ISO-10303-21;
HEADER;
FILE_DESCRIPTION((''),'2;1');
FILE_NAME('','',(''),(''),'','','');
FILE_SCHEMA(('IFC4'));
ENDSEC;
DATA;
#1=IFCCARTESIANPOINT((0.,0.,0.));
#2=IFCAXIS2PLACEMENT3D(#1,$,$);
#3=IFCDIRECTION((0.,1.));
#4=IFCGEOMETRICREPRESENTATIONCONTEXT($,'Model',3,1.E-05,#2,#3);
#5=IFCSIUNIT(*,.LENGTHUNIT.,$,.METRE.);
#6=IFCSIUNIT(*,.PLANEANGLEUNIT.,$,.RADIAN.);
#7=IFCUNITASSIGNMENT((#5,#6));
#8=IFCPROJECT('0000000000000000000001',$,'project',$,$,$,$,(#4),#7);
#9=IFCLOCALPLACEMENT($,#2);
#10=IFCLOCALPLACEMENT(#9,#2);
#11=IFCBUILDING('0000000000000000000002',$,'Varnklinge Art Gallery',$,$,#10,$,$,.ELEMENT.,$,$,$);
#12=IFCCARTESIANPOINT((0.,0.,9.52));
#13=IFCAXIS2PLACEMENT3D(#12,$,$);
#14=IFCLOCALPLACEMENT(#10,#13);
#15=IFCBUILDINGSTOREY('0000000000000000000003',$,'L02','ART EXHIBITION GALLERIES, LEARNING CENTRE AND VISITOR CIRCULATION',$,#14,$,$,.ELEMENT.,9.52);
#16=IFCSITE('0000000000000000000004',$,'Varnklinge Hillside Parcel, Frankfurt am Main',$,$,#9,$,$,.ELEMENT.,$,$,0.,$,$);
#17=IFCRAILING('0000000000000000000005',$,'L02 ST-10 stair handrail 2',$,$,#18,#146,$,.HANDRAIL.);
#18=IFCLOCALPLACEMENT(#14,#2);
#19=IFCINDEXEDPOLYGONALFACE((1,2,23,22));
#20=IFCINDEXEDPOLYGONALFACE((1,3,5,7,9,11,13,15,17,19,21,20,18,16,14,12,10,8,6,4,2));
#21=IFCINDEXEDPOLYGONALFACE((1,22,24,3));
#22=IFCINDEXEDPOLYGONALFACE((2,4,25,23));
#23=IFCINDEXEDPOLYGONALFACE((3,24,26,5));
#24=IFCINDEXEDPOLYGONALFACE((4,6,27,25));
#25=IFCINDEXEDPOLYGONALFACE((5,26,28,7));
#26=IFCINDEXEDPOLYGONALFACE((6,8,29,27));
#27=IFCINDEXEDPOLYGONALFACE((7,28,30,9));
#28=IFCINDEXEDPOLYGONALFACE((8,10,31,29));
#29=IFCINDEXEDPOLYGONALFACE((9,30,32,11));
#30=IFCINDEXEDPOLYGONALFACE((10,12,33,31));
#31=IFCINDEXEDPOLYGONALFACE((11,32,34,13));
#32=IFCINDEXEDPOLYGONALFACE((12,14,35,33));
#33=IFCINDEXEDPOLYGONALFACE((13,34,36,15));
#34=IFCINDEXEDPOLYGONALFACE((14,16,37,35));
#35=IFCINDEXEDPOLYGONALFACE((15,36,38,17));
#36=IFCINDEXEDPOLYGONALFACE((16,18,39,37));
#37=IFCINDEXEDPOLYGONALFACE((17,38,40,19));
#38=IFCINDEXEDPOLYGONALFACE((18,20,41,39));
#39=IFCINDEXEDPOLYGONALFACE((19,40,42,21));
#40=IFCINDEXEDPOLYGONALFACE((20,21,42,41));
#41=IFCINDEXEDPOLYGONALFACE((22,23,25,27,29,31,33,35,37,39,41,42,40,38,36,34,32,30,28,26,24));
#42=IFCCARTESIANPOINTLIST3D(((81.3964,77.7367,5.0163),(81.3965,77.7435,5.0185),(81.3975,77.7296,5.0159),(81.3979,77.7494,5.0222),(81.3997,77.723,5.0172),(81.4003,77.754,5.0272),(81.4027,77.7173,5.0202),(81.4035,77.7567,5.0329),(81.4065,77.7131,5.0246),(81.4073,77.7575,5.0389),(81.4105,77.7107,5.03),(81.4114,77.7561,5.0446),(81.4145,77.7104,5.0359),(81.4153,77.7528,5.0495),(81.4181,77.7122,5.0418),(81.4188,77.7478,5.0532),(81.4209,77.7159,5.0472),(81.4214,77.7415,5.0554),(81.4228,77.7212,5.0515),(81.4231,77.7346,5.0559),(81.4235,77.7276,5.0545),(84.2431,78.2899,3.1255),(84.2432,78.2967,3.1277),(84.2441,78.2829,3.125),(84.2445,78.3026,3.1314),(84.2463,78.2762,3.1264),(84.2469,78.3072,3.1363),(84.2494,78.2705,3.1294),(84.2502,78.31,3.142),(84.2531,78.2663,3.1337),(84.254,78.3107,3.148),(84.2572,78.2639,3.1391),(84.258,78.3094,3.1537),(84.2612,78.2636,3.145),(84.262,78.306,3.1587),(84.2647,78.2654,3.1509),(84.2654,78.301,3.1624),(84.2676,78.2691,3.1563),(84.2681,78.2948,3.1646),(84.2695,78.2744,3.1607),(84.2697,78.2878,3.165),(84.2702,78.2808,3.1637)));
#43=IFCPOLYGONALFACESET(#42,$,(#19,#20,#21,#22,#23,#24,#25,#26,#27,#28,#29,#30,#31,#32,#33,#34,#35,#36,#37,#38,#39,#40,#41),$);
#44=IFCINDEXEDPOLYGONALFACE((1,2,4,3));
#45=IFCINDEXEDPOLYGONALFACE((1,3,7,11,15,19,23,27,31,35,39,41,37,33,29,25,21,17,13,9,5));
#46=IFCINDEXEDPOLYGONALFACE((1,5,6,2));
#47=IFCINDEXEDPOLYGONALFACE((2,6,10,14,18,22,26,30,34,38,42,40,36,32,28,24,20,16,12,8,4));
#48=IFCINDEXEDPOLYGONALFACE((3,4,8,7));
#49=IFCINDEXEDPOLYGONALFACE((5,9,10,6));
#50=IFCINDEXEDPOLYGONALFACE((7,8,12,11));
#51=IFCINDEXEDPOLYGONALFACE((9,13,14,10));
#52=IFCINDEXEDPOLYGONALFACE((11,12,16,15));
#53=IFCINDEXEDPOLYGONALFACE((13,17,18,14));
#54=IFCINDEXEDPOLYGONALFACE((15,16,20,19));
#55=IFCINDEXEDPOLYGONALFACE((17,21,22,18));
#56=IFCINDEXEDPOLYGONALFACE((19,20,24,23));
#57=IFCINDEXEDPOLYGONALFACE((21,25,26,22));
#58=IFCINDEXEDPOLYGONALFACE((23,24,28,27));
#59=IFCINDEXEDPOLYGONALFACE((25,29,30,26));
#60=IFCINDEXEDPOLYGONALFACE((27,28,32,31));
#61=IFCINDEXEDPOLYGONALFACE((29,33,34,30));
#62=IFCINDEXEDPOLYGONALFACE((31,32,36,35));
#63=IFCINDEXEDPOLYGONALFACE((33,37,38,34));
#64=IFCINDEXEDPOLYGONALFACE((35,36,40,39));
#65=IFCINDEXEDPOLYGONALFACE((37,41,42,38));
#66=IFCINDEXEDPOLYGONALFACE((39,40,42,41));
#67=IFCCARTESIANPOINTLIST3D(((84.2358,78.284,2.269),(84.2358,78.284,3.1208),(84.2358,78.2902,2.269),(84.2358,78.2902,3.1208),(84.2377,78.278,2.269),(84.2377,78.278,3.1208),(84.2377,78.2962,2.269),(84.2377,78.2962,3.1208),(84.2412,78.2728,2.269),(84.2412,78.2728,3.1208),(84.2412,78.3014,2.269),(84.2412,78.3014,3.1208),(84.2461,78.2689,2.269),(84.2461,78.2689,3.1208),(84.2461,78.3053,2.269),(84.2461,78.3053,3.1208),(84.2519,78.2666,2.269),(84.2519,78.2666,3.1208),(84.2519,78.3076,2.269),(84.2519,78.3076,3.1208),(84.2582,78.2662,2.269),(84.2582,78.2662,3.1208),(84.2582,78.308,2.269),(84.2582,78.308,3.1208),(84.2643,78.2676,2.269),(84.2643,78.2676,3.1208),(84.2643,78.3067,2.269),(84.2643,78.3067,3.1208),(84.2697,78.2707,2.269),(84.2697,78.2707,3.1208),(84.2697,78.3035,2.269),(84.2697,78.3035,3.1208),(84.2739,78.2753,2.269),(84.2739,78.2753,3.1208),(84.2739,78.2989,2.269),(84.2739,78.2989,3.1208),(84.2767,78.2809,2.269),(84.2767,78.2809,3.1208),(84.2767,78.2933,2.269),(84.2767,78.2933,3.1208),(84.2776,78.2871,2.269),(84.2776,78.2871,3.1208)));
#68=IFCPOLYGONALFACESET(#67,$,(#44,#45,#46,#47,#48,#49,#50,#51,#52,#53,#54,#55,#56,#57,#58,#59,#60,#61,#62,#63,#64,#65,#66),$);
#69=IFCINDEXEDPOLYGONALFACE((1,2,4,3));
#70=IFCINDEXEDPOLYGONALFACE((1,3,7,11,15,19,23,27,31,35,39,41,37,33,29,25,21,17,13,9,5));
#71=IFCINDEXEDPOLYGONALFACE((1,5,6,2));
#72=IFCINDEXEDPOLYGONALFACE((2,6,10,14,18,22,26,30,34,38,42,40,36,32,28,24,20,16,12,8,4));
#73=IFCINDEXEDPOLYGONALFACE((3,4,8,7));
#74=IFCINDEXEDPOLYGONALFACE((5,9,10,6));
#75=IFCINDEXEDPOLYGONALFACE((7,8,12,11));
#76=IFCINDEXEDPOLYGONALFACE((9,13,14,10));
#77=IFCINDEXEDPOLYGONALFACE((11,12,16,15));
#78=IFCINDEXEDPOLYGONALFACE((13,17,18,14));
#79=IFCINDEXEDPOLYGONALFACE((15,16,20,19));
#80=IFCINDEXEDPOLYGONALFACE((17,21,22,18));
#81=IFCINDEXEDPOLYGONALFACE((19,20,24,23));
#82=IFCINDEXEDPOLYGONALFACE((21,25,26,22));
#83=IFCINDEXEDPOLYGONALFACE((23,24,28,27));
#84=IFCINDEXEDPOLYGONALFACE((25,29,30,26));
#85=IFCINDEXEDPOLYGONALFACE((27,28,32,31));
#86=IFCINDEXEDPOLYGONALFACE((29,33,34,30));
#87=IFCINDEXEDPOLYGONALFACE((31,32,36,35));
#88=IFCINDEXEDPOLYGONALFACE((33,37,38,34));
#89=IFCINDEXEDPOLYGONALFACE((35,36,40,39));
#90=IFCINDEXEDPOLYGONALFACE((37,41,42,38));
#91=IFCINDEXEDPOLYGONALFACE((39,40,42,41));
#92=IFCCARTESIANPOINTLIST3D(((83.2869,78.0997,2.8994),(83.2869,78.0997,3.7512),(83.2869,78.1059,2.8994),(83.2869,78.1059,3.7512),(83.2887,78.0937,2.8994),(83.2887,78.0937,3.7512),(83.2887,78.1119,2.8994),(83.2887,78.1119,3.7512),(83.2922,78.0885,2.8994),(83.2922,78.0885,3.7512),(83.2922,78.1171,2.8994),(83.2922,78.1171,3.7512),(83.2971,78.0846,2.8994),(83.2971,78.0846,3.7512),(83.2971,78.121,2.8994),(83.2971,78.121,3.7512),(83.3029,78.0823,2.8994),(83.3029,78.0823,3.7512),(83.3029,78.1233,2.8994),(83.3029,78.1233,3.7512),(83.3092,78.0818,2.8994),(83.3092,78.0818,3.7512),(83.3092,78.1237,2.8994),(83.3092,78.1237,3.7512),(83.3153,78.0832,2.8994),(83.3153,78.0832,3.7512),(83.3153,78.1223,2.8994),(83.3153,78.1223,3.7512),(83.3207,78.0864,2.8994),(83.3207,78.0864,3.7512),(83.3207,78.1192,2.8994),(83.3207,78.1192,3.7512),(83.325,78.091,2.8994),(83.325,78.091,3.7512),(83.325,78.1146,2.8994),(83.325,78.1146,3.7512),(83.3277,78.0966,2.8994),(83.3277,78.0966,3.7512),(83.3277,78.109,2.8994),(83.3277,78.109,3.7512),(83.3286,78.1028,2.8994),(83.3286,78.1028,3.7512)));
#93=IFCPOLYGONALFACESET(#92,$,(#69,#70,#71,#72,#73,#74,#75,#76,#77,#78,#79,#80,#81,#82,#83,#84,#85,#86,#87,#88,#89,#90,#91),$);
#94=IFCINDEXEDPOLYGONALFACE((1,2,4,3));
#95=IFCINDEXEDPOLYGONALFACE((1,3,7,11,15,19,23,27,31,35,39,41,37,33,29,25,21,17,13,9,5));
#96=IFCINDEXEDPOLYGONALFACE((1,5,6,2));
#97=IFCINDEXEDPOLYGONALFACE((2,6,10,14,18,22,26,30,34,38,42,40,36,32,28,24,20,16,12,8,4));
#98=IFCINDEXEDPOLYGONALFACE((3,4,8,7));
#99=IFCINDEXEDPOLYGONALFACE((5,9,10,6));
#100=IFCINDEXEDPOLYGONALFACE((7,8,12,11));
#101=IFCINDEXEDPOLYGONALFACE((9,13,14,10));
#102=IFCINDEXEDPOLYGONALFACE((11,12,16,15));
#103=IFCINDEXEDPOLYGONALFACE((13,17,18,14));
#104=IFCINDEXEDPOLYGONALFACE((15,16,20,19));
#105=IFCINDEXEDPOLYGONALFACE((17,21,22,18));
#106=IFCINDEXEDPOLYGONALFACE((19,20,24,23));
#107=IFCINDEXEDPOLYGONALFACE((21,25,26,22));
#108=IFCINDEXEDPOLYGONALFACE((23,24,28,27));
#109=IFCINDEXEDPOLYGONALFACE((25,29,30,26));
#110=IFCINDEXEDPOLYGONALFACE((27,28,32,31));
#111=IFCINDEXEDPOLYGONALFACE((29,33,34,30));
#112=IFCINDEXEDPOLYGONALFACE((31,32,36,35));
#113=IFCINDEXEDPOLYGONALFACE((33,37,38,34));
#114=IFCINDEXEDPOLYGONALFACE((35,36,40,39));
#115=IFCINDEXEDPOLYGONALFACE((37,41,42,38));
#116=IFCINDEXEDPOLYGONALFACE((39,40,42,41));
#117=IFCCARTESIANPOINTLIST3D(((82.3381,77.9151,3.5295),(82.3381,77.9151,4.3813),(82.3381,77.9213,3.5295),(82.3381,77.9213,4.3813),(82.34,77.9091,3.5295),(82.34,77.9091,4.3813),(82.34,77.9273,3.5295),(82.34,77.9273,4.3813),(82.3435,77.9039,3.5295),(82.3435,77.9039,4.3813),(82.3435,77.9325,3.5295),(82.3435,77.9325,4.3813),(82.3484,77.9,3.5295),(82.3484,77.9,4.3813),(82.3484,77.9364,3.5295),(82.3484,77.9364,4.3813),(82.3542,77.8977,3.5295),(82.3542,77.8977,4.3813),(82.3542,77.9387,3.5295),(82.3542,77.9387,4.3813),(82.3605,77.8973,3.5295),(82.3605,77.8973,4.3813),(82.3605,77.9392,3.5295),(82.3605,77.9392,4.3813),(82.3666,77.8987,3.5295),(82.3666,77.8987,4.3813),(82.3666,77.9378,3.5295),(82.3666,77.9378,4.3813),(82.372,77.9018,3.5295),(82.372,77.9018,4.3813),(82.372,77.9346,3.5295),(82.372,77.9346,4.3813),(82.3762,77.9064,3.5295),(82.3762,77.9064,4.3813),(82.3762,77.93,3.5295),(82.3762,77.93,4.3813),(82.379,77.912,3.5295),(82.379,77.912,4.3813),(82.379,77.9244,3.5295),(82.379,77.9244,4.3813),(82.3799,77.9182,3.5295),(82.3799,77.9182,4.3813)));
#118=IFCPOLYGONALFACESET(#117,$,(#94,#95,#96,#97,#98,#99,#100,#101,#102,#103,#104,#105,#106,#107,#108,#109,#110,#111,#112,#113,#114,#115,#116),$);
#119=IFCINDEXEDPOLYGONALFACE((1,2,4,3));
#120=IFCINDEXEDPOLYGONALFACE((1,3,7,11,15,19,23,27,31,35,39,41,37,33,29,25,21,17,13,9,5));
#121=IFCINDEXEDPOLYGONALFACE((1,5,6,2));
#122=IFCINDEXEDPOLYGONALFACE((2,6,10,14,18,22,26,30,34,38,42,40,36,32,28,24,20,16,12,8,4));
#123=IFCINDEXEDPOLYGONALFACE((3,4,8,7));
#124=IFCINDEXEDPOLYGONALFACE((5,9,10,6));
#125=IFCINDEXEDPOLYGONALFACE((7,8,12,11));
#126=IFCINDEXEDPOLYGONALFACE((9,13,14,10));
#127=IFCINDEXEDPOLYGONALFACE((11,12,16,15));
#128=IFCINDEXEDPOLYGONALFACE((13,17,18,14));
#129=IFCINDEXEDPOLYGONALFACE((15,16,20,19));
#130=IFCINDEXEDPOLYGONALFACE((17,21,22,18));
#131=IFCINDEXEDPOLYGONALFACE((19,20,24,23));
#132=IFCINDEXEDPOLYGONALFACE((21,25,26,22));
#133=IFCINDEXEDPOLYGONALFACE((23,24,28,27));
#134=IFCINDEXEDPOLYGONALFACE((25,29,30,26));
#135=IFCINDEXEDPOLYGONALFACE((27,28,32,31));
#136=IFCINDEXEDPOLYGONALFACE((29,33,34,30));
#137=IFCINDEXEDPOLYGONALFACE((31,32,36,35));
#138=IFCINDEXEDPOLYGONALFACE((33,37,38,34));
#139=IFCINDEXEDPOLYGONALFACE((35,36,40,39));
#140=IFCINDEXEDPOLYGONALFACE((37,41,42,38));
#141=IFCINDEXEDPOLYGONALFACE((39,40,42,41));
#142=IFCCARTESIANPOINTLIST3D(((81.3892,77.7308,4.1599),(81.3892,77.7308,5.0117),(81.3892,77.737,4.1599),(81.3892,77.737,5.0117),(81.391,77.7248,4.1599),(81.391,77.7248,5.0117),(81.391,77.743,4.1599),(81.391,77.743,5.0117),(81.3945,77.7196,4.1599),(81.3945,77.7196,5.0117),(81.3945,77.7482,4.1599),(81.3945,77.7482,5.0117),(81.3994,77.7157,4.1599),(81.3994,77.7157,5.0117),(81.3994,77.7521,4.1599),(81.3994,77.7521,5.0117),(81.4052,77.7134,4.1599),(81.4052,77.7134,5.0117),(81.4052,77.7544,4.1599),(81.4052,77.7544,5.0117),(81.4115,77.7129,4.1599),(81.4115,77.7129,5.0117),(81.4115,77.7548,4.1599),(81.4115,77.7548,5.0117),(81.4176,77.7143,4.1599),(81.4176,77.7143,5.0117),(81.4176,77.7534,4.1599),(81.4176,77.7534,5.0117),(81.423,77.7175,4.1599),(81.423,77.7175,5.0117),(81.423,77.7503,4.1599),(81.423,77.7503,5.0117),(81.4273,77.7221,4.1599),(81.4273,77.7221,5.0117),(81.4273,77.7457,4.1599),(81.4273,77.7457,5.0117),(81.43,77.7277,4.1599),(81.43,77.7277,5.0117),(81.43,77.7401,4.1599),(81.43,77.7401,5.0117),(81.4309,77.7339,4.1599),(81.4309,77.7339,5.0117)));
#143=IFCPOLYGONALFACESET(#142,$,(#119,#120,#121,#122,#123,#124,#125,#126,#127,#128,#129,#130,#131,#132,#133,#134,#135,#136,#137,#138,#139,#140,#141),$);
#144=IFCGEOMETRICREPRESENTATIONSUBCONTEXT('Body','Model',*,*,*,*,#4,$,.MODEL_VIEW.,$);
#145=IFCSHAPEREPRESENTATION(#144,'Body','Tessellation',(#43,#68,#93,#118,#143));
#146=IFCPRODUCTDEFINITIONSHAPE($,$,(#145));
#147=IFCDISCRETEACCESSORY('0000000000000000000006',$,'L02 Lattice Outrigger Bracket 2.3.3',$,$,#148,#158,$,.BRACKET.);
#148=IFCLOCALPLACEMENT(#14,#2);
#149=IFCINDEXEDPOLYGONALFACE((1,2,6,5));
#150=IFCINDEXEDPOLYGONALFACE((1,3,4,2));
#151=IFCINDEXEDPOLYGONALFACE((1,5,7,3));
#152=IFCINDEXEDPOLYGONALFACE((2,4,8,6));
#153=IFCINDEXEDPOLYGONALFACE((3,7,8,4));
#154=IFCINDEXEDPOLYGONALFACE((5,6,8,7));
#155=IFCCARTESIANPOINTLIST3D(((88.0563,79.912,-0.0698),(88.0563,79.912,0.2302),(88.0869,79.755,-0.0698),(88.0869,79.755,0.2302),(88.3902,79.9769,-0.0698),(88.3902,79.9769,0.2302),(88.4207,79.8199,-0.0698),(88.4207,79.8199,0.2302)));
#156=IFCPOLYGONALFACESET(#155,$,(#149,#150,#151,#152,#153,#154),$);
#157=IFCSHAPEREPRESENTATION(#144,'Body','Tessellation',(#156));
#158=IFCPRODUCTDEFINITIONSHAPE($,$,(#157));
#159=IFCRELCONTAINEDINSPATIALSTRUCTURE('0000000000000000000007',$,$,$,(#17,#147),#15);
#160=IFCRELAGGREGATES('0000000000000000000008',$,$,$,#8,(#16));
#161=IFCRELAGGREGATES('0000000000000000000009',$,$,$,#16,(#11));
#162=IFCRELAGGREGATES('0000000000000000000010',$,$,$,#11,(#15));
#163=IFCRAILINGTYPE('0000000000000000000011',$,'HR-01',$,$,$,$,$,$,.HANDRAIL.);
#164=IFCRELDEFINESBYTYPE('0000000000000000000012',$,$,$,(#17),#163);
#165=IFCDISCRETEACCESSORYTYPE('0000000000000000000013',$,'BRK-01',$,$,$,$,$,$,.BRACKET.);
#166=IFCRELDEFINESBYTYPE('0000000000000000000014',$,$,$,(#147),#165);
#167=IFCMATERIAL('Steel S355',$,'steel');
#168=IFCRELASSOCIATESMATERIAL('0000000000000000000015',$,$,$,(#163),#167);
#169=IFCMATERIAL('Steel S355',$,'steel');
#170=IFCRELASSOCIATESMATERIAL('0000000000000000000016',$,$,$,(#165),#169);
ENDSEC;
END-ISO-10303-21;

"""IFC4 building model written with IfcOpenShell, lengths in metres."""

from ifc_helpers import new_model, si_unit, direction, frame, origin, origin_2d, place, context, subcontext, project, spatial, rectangle, circle, extrude, material, type_object, element, save


model = new_model("IFC4")

# Units and contexts
model_context = context("Model", 3, precision=1e-05, world=origin(), true_north=direction((0.0, 1.0)))
body_context = subcontext(model_context, "Body", "Model", "MODEL_VIEW")
ifc_project = project(units=[si_unit("LENGTHUNIT", "METRE"), si_unit("PLANEANGLEUNIT", "RADIAN")], contexts=[model_context])

# Site, building, storey
site_placement = place(None, origin())
site = spatial("IfcSite", under=ifc_project, at=site_placement, Name="Varnklinge Hillside Parcel, Frankfurt am Main", CompositionType="ELEMENT", RefElevation=0.0)
building_placement = place(site_placement, origin())
building = spatial("IfcBuilding", under=site, at=building_placement, Name="Varnklinge Art Gallery", CompositionType="ELEMENT")
storey_placement = place(building_placement, frame((0.0, 0.0, 9.52)))
storey = spatial("IfcBuildingStorey", under=building, at=storey_placement, Name="L02", Description="ART EXHIBITION GALLERIES, LEARNING CENTRE AND VISITOR CIRCULATION", CompositionType="ELEMENT", Elevation=9.52)

# Railing
ifc_material_1 = material(Name="Steel S355", Category="steel")
railing_type_1 = type_object("IfcRailingType", Name="HR-01", PredefinedType="HANDRAIL", material=ifc_material_1)
railing_1_placement = place(storey_placement, frame((84.2566, 78.2871, 2.269)))
element("IfcRailing", 1, at=railing_1_placement, inside=storey, type_object=railing_type_1, Name="L02 ST-10 stair handrail 2", PredefinedType="HANDRAIL", context=body_context, shape_type="SweptSolid", body=[
    extrude(circle(Radius=0.0239, at=origin_2d()), frame((0.0, 0.0, 0.876), z_axis=(-0.822279, -0.159801, 0.546188), x_axis=(0.190771, -0.981635, 0.0)), (0.0, 0.0, 1.0), 3.4619),
    extrude(circle(Radius=0.021, at=origin_2d()), origin(), (0.0, 0.0, 1.0), 0.8518),
    extrude(circle(Radius=0.021, at=origin_2d()), frame((-0.949, -0.1843, 0.6304)), (0.0, 0.0, 1.0), 0.8518),
    extrude(circle(Radius=0.021, at=origin_2d()), frame((-1.8977, -0.3689, 1.2605)), (0.0, 0.0, 1.0), 0.8518),
    extrude(circle(Radius=0.021, at=origin_2d()), frame((-2.8467, -0.5532, 1.8909)), (0.0, 0.0, 1.0), 0.8518),
])

# Discrete accessory
ifc_material_2 = material(Name="Steel S355", Category="steel")
discrete_accessory_type = type_object("IfcDiscreteAccessoryType", Name="BRK-01", PredefinedType="BRACKET", material=ifc_material_2)
discrete_accessory_placement = place(storey_placement, frame((88.2385, 79.866, -0.0698), z_axis=(0.0, 0.0, 1.0), x_axis=(-0.190809, 0.981627, 0.0)))
element("IfcDiscreteAccessory", 2, at=discrete_accessory_placement, inside=storey, type_object=discrete_accessory_type, Name="L02 Lattice Outrigger Bracket 2.3.3", PredefinedType="BRACKET", context=body_context, shape_type="SweptSolid", body=[
    extrude(rectangle(XDim=0.1599, YDim=0.3401, at=origin_2d()), origin(), (0.0, 0.0, 1.0), 0.3),
])

save(model, "model.ifc")
